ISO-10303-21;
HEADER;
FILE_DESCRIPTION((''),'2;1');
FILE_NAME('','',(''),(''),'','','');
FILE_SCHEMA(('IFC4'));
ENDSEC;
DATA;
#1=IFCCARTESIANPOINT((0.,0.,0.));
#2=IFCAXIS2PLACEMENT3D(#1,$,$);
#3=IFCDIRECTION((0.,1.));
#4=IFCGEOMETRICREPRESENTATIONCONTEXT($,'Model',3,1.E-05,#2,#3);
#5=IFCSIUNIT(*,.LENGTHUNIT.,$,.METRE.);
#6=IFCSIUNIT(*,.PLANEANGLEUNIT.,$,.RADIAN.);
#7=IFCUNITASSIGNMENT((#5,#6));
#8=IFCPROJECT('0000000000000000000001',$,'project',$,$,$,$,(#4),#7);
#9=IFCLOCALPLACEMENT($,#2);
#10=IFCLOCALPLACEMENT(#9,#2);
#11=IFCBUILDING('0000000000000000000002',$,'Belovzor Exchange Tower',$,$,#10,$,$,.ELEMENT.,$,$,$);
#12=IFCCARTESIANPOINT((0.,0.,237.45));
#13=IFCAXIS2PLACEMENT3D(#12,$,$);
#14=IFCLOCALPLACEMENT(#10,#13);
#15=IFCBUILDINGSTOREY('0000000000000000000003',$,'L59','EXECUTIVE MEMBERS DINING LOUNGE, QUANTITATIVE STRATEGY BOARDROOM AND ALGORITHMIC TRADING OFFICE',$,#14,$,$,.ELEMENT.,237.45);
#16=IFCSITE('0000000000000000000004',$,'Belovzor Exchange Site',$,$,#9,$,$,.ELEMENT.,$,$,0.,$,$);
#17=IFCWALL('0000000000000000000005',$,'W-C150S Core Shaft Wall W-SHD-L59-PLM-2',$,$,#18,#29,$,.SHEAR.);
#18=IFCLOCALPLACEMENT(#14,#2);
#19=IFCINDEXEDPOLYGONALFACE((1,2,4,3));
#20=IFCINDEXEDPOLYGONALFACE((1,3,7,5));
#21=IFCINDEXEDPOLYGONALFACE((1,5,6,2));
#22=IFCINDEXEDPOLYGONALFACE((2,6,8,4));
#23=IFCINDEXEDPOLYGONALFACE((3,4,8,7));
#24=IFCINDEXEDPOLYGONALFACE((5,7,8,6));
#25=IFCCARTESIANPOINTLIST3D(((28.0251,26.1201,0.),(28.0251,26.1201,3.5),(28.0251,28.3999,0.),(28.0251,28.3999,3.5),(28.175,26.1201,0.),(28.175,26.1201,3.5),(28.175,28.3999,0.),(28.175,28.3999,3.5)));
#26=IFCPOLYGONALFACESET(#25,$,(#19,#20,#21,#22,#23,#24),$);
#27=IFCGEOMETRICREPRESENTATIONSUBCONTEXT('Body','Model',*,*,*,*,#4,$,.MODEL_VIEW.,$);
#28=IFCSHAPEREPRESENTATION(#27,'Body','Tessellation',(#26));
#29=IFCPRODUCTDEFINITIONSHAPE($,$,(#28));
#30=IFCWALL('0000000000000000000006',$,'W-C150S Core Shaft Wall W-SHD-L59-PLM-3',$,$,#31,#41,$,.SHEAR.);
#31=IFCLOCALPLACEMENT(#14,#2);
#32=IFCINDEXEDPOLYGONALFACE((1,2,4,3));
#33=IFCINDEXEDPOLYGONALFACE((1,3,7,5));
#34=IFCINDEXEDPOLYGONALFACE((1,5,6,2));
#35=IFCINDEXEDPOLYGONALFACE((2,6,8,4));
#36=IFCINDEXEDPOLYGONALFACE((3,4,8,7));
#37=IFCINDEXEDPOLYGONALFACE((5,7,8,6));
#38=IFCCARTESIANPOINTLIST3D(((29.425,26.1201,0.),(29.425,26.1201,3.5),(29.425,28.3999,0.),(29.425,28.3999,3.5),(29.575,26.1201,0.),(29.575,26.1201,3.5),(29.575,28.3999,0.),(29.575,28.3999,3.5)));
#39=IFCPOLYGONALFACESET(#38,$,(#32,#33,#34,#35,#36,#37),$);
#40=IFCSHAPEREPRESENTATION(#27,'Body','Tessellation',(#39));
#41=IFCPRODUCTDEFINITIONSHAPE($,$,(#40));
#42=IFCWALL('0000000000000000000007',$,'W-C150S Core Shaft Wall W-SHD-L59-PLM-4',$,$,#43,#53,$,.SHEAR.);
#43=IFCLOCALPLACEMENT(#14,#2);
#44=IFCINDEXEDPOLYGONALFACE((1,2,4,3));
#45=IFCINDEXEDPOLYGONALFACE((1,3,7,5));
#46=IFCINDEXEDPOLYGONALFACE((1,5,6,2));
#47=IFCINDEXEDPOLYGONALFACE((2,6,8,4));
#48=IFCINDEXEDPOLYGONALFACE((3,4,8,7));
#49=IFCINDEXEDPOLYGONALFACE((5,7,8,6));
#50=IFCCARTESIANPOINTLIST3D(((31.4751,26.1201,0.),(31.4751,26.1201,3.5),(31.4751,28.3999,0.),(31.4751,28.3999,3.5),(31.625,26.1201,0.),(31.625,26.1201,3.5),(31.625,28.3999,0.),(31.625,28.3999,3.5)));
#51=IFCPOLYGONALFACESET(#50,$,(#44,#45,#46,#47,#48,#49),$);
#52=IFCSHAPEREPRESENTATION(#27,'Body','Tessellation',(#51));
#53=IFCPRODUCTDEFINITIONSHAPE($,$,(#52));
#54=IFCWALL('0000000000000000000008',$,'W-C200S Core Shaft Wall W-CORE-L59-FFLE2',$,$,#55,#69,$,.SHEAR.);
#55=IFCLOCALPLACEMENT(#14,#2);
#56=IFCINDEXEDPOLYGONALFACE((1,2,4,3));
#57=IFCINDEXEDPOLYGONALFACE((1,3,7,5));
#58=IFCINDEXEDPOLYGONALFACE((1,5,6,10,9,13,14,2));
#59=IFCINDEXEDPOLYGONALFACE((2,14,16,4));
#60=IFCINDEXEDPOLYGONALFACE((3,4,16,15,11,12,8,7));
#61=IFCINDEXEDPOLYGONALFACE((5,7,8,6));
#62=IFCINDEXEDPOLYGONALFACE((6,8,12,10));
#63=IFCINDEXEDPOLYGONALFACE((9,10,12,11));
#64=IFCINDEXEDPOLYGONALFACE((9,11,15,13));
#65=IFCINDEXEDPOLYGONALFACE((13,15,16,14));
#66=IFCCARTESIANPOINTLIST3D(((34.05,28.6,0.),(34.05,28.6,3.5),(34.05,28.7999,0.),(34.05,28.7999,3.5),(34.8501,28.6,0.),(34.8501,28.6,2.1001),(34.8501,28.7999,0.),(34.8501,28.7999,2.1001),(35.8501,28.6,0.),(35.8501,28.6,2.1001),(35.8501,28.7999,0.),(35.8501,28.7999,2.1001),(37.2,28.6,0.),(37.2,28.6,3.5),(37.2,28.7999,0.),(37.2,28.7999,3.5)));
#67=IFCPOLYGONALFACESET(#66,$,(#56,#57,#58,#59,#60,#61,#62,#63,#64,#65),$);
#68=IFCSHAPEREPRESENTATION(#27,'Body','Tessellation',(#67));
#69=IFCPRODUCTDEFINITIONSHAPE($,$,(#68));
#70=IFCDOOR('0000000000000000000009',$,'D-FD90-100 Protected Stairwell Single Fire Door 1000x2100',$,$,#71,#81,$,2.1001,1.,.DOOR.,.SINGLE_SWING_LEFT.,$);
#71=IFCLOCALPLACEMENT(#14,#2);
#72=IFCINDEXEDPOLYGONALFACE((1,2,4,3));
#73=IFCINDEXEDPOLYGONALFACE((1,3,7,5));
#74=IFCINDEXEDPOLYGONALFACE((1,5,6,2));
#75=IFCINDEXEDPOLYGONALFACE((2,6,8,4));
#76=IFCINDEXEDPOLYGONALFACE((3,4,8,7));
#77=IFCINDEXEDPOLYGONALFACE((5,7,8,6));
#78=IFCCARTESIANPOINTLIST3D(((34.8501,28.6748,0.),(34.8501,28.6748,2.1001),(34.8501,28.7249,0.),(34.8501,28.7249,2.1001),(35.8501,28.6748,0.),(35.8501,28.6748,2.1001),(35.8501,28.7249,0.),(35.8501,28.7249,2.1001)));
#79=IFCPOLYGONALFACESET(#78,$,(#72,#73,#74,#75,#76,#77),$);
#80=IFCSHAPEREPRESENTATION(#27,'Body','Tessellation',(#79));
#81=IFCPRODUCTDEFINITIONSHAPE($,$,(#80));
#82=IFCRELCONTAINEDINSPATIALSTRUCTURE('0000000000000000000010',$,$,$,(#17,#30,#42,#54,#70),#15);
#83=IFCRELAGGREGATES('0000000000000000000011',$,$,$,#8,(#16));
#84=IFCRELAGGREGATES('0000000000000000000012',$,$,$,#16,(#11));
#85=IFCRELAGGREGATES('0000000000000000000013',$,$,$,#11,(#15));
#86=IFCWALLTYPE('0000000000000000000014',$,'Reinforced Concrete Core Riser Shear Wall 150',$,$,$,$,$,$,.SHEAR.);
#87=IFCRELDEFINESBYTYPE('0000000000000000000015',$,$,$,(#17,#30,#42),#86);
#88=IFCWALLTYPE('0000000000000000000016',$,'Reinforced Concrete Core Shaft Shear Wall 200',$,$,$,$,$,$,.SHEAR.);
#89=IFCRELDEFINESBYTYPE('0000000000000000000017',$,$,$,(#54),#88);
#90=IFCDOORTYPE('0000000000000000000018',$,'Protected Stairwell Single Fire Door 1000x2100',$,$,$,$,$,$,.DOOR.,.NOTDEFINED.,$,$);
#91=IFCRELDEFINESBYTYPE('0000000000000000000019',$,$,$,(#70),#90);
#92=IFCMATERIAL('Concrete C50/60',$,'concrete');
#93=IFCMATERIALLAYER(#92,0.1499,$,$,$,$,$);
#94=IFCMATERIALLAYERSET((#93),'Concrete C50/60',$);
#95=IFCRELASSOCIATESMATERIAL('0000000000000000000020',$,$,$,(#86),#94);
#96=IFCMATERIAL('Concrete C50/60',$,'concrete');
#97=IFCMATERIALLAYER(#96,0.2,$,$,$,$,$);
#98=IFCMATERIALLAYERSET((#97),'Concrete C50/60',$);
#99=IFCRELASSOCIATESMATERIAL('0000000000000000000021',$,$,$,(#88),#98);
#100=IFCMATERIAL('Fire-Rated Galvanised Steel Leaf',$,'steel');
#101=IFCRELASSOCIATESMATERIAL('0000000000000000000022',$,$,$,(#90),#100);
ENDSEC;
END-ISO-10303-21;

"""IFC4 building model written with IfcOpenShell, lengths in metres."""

from ifc_helpers import new_model, si_unit, direction, frame, frame_2d, origin, place, context, subcontext, project, spatial, rectangle, extrude, material, layer, layer_set, type_object, element, fill, save


model = new_model("IFC4")

# Units and contexts
model_context = context("Model", 3, precision=1e-05, world=origin(), true_north=direction((0.0, 1.0)))
body_context = subcontext(model_context, "Body", "Model", "MODEL_VIEW")
ifc_project = project(units=[si_unit("LENGTHUNIT", "METRE"), si_unit("PLANEANGLEUNIT", "RADIAN")], contexts=[model_context])

# Site, building, storey
site_placement = place(None, origin())
site = spatial("IfcSite", under=ifc_project, at=site_placement, Name="Belovzor Exchange Site", CompositionType="ELEMENT", RefElevation=0.0)
building_placement = place(site_placement, origin())
building = spatial("IfcBuilding", under=site, at=building_placement, Name="Belovzor Exchange Tower", CompositionType="ELEMENT")
storey_placement = place(building_placement, frame((0.0, 0.0, 237.45)))
storey = spatial("IfcBuildingStorey", under=building, at=storey_placement, Name="L59", Description="EXECUTIVE MEMBERS DINING LOUNGE, QUANTITATIVE STRATEGY BOARDROOM AND ALGORITHMIC TRADING OFFICE", CompositionType="ELEMENT", Elevation=237.45)

# Walls
ifc_material_1 = material(Name="Concrete C50/60", Category="concrete")
ifc_layer_1 = layer(ifc_material_1, 0.1499)
ifc_layer_set_1 = layer_set([ifc_layer_1], Name="Concrete C50/60")
wall_type_1 = type_object("IfcWallType", Name="Reinforced Concrete Core Riser Shear Wall 150", PredefinedType="SHEAR", material=ifc_layer_set_1)
for number, where, z_axis, x_axis, name in (
    (1, (28.1001, 26.1201, 0.0), (0.0, 0.0, 1.0), (0.0, 1.0, 0.0), "W-C150S Core Shaft Wall W-SHD-L59-PLM-2"),
    (2, (29.5, 26.1201, 0.0), (0.0, 0.0, 1.0), (0.0, 1.0, 0.0), "W-C150S Core Shaft Wall W-SHD-L59-PLM-3"),
    (3, (31.55, 26.1201, 0.0), (0.0, 0.0, 1.0), (0.0, 1.0, 0.0), "W-C150S Core Shaft Wall W-SHD-L59-PLM-4"),
):
    element("IfcWall", number, at=place(storey_placement, frame(where, z_axis=z_axis, x_axis=x_axis)), inside=storey, type_object=wall_type_1, Name=name, PredefinedType="SHEAR", context=body_context, shape_type="SweptSolid", body=[
        extrude(rectangle(XDim=2.2798, YDim=0.1499, at=frame_2d((1.1399, 0.0))), origin(), (0.0, 0.0, 1.0), 3.5),
    ])

# Wall, opening, door
ifc_material_2 = material(Name="Concrete C50/60", Category="concrete")
ifc_layer_2 = layer(ifc_material_2, 0.2)
ifc_layer_set_2 = layer_set([ifc_layer_2], Name="Concrete C50/60")
wall_type_2 = type_object("IfcWallType", Name="Reinforced Concrete Core Shaft Shear Wall 200", PredefinedType="SHEAR", material=ifc_layer_set_2)
wall_1_placement = place(storey_placement, frame((34.05, 28.7, 0.0), z_axis=(0.0, 0.0, 1.0), x_axis=(1.0, 0.0, 0.0)))
wall_1 = element("IfcWall", 4, at=wall_1_placement, inside=storey, type_object=wall_type_2, Name="W-C200S Core Shaft Wall W-CORE-L59-FFLE2", PredefinedType="SHEAR", context=body_context, shape_type="SweptSolid", body=[
    extrude(rectangle(XDim=3.1499, YDim=0.2, at=frame_2d((1.575, 0.0))), origin(), (0.0, 0.0, 1.0), 3.5),
])
opening_1_placement = place(wall_1_placement, frame((0.8, 0.0, 0.0)))
opening_1 = element("IfcOpeningElement", 5, at=opening_1_placement, cuts=wall_1, PredefinedType="OPENING", context=body_context, shape_type="SweptSolid", body=[
    extrude(rectangle(XDim=1.0, YDim=2.1001, at=frame_2d((0.5, 1.05))), frame((0.0, 0.1099, 0.0), z_axis=(0.0, -1.0, 0.0), x_axis=(1.0, 0.0, 0.0)), (0.0, 0.0, 1.0), 0.22),
])
ifc_material_3 = material(Name="Fire-Rated Galvanised Steel Leaf", Category="steel")
door_type_1 = type_object("IfcDoorType", Name="Protected Stairwell Single Fire Door 1000x2100", OperationType="NOTDEFINED", PredefinedType="DOOR", material=ifc_material_3)
door_1_placement = place(opening_1_placement, origin())
door_1 = element("IfcDoor", 6, at=door_1_placement, inside=storey, type_object=door_type_1, Name="D-FD90-100 Protected Stairwell Single Fire Door 1000x2100", OperationType="SINGLE_SWING_LEFT", OverallHeight=2.1001, OverallWidth=1.0, PredefinedType="DOOR", context=body_context, shape_type="SweptSolid", body=[
    extrude(rectangle(XDim=1.0, YDim=2.1001, at=frame_2d((0.5, 1.05))), frame((0.0, 0.0249, 0.0), z_axis=(0.0, -1.0, 0.0), x_axis=(1.0, 0.0, 0.0)), (0.0, 0.0, 1.0), 0.05),
])
fill(opening_1, door_1)

save(model, "model.ifc")
